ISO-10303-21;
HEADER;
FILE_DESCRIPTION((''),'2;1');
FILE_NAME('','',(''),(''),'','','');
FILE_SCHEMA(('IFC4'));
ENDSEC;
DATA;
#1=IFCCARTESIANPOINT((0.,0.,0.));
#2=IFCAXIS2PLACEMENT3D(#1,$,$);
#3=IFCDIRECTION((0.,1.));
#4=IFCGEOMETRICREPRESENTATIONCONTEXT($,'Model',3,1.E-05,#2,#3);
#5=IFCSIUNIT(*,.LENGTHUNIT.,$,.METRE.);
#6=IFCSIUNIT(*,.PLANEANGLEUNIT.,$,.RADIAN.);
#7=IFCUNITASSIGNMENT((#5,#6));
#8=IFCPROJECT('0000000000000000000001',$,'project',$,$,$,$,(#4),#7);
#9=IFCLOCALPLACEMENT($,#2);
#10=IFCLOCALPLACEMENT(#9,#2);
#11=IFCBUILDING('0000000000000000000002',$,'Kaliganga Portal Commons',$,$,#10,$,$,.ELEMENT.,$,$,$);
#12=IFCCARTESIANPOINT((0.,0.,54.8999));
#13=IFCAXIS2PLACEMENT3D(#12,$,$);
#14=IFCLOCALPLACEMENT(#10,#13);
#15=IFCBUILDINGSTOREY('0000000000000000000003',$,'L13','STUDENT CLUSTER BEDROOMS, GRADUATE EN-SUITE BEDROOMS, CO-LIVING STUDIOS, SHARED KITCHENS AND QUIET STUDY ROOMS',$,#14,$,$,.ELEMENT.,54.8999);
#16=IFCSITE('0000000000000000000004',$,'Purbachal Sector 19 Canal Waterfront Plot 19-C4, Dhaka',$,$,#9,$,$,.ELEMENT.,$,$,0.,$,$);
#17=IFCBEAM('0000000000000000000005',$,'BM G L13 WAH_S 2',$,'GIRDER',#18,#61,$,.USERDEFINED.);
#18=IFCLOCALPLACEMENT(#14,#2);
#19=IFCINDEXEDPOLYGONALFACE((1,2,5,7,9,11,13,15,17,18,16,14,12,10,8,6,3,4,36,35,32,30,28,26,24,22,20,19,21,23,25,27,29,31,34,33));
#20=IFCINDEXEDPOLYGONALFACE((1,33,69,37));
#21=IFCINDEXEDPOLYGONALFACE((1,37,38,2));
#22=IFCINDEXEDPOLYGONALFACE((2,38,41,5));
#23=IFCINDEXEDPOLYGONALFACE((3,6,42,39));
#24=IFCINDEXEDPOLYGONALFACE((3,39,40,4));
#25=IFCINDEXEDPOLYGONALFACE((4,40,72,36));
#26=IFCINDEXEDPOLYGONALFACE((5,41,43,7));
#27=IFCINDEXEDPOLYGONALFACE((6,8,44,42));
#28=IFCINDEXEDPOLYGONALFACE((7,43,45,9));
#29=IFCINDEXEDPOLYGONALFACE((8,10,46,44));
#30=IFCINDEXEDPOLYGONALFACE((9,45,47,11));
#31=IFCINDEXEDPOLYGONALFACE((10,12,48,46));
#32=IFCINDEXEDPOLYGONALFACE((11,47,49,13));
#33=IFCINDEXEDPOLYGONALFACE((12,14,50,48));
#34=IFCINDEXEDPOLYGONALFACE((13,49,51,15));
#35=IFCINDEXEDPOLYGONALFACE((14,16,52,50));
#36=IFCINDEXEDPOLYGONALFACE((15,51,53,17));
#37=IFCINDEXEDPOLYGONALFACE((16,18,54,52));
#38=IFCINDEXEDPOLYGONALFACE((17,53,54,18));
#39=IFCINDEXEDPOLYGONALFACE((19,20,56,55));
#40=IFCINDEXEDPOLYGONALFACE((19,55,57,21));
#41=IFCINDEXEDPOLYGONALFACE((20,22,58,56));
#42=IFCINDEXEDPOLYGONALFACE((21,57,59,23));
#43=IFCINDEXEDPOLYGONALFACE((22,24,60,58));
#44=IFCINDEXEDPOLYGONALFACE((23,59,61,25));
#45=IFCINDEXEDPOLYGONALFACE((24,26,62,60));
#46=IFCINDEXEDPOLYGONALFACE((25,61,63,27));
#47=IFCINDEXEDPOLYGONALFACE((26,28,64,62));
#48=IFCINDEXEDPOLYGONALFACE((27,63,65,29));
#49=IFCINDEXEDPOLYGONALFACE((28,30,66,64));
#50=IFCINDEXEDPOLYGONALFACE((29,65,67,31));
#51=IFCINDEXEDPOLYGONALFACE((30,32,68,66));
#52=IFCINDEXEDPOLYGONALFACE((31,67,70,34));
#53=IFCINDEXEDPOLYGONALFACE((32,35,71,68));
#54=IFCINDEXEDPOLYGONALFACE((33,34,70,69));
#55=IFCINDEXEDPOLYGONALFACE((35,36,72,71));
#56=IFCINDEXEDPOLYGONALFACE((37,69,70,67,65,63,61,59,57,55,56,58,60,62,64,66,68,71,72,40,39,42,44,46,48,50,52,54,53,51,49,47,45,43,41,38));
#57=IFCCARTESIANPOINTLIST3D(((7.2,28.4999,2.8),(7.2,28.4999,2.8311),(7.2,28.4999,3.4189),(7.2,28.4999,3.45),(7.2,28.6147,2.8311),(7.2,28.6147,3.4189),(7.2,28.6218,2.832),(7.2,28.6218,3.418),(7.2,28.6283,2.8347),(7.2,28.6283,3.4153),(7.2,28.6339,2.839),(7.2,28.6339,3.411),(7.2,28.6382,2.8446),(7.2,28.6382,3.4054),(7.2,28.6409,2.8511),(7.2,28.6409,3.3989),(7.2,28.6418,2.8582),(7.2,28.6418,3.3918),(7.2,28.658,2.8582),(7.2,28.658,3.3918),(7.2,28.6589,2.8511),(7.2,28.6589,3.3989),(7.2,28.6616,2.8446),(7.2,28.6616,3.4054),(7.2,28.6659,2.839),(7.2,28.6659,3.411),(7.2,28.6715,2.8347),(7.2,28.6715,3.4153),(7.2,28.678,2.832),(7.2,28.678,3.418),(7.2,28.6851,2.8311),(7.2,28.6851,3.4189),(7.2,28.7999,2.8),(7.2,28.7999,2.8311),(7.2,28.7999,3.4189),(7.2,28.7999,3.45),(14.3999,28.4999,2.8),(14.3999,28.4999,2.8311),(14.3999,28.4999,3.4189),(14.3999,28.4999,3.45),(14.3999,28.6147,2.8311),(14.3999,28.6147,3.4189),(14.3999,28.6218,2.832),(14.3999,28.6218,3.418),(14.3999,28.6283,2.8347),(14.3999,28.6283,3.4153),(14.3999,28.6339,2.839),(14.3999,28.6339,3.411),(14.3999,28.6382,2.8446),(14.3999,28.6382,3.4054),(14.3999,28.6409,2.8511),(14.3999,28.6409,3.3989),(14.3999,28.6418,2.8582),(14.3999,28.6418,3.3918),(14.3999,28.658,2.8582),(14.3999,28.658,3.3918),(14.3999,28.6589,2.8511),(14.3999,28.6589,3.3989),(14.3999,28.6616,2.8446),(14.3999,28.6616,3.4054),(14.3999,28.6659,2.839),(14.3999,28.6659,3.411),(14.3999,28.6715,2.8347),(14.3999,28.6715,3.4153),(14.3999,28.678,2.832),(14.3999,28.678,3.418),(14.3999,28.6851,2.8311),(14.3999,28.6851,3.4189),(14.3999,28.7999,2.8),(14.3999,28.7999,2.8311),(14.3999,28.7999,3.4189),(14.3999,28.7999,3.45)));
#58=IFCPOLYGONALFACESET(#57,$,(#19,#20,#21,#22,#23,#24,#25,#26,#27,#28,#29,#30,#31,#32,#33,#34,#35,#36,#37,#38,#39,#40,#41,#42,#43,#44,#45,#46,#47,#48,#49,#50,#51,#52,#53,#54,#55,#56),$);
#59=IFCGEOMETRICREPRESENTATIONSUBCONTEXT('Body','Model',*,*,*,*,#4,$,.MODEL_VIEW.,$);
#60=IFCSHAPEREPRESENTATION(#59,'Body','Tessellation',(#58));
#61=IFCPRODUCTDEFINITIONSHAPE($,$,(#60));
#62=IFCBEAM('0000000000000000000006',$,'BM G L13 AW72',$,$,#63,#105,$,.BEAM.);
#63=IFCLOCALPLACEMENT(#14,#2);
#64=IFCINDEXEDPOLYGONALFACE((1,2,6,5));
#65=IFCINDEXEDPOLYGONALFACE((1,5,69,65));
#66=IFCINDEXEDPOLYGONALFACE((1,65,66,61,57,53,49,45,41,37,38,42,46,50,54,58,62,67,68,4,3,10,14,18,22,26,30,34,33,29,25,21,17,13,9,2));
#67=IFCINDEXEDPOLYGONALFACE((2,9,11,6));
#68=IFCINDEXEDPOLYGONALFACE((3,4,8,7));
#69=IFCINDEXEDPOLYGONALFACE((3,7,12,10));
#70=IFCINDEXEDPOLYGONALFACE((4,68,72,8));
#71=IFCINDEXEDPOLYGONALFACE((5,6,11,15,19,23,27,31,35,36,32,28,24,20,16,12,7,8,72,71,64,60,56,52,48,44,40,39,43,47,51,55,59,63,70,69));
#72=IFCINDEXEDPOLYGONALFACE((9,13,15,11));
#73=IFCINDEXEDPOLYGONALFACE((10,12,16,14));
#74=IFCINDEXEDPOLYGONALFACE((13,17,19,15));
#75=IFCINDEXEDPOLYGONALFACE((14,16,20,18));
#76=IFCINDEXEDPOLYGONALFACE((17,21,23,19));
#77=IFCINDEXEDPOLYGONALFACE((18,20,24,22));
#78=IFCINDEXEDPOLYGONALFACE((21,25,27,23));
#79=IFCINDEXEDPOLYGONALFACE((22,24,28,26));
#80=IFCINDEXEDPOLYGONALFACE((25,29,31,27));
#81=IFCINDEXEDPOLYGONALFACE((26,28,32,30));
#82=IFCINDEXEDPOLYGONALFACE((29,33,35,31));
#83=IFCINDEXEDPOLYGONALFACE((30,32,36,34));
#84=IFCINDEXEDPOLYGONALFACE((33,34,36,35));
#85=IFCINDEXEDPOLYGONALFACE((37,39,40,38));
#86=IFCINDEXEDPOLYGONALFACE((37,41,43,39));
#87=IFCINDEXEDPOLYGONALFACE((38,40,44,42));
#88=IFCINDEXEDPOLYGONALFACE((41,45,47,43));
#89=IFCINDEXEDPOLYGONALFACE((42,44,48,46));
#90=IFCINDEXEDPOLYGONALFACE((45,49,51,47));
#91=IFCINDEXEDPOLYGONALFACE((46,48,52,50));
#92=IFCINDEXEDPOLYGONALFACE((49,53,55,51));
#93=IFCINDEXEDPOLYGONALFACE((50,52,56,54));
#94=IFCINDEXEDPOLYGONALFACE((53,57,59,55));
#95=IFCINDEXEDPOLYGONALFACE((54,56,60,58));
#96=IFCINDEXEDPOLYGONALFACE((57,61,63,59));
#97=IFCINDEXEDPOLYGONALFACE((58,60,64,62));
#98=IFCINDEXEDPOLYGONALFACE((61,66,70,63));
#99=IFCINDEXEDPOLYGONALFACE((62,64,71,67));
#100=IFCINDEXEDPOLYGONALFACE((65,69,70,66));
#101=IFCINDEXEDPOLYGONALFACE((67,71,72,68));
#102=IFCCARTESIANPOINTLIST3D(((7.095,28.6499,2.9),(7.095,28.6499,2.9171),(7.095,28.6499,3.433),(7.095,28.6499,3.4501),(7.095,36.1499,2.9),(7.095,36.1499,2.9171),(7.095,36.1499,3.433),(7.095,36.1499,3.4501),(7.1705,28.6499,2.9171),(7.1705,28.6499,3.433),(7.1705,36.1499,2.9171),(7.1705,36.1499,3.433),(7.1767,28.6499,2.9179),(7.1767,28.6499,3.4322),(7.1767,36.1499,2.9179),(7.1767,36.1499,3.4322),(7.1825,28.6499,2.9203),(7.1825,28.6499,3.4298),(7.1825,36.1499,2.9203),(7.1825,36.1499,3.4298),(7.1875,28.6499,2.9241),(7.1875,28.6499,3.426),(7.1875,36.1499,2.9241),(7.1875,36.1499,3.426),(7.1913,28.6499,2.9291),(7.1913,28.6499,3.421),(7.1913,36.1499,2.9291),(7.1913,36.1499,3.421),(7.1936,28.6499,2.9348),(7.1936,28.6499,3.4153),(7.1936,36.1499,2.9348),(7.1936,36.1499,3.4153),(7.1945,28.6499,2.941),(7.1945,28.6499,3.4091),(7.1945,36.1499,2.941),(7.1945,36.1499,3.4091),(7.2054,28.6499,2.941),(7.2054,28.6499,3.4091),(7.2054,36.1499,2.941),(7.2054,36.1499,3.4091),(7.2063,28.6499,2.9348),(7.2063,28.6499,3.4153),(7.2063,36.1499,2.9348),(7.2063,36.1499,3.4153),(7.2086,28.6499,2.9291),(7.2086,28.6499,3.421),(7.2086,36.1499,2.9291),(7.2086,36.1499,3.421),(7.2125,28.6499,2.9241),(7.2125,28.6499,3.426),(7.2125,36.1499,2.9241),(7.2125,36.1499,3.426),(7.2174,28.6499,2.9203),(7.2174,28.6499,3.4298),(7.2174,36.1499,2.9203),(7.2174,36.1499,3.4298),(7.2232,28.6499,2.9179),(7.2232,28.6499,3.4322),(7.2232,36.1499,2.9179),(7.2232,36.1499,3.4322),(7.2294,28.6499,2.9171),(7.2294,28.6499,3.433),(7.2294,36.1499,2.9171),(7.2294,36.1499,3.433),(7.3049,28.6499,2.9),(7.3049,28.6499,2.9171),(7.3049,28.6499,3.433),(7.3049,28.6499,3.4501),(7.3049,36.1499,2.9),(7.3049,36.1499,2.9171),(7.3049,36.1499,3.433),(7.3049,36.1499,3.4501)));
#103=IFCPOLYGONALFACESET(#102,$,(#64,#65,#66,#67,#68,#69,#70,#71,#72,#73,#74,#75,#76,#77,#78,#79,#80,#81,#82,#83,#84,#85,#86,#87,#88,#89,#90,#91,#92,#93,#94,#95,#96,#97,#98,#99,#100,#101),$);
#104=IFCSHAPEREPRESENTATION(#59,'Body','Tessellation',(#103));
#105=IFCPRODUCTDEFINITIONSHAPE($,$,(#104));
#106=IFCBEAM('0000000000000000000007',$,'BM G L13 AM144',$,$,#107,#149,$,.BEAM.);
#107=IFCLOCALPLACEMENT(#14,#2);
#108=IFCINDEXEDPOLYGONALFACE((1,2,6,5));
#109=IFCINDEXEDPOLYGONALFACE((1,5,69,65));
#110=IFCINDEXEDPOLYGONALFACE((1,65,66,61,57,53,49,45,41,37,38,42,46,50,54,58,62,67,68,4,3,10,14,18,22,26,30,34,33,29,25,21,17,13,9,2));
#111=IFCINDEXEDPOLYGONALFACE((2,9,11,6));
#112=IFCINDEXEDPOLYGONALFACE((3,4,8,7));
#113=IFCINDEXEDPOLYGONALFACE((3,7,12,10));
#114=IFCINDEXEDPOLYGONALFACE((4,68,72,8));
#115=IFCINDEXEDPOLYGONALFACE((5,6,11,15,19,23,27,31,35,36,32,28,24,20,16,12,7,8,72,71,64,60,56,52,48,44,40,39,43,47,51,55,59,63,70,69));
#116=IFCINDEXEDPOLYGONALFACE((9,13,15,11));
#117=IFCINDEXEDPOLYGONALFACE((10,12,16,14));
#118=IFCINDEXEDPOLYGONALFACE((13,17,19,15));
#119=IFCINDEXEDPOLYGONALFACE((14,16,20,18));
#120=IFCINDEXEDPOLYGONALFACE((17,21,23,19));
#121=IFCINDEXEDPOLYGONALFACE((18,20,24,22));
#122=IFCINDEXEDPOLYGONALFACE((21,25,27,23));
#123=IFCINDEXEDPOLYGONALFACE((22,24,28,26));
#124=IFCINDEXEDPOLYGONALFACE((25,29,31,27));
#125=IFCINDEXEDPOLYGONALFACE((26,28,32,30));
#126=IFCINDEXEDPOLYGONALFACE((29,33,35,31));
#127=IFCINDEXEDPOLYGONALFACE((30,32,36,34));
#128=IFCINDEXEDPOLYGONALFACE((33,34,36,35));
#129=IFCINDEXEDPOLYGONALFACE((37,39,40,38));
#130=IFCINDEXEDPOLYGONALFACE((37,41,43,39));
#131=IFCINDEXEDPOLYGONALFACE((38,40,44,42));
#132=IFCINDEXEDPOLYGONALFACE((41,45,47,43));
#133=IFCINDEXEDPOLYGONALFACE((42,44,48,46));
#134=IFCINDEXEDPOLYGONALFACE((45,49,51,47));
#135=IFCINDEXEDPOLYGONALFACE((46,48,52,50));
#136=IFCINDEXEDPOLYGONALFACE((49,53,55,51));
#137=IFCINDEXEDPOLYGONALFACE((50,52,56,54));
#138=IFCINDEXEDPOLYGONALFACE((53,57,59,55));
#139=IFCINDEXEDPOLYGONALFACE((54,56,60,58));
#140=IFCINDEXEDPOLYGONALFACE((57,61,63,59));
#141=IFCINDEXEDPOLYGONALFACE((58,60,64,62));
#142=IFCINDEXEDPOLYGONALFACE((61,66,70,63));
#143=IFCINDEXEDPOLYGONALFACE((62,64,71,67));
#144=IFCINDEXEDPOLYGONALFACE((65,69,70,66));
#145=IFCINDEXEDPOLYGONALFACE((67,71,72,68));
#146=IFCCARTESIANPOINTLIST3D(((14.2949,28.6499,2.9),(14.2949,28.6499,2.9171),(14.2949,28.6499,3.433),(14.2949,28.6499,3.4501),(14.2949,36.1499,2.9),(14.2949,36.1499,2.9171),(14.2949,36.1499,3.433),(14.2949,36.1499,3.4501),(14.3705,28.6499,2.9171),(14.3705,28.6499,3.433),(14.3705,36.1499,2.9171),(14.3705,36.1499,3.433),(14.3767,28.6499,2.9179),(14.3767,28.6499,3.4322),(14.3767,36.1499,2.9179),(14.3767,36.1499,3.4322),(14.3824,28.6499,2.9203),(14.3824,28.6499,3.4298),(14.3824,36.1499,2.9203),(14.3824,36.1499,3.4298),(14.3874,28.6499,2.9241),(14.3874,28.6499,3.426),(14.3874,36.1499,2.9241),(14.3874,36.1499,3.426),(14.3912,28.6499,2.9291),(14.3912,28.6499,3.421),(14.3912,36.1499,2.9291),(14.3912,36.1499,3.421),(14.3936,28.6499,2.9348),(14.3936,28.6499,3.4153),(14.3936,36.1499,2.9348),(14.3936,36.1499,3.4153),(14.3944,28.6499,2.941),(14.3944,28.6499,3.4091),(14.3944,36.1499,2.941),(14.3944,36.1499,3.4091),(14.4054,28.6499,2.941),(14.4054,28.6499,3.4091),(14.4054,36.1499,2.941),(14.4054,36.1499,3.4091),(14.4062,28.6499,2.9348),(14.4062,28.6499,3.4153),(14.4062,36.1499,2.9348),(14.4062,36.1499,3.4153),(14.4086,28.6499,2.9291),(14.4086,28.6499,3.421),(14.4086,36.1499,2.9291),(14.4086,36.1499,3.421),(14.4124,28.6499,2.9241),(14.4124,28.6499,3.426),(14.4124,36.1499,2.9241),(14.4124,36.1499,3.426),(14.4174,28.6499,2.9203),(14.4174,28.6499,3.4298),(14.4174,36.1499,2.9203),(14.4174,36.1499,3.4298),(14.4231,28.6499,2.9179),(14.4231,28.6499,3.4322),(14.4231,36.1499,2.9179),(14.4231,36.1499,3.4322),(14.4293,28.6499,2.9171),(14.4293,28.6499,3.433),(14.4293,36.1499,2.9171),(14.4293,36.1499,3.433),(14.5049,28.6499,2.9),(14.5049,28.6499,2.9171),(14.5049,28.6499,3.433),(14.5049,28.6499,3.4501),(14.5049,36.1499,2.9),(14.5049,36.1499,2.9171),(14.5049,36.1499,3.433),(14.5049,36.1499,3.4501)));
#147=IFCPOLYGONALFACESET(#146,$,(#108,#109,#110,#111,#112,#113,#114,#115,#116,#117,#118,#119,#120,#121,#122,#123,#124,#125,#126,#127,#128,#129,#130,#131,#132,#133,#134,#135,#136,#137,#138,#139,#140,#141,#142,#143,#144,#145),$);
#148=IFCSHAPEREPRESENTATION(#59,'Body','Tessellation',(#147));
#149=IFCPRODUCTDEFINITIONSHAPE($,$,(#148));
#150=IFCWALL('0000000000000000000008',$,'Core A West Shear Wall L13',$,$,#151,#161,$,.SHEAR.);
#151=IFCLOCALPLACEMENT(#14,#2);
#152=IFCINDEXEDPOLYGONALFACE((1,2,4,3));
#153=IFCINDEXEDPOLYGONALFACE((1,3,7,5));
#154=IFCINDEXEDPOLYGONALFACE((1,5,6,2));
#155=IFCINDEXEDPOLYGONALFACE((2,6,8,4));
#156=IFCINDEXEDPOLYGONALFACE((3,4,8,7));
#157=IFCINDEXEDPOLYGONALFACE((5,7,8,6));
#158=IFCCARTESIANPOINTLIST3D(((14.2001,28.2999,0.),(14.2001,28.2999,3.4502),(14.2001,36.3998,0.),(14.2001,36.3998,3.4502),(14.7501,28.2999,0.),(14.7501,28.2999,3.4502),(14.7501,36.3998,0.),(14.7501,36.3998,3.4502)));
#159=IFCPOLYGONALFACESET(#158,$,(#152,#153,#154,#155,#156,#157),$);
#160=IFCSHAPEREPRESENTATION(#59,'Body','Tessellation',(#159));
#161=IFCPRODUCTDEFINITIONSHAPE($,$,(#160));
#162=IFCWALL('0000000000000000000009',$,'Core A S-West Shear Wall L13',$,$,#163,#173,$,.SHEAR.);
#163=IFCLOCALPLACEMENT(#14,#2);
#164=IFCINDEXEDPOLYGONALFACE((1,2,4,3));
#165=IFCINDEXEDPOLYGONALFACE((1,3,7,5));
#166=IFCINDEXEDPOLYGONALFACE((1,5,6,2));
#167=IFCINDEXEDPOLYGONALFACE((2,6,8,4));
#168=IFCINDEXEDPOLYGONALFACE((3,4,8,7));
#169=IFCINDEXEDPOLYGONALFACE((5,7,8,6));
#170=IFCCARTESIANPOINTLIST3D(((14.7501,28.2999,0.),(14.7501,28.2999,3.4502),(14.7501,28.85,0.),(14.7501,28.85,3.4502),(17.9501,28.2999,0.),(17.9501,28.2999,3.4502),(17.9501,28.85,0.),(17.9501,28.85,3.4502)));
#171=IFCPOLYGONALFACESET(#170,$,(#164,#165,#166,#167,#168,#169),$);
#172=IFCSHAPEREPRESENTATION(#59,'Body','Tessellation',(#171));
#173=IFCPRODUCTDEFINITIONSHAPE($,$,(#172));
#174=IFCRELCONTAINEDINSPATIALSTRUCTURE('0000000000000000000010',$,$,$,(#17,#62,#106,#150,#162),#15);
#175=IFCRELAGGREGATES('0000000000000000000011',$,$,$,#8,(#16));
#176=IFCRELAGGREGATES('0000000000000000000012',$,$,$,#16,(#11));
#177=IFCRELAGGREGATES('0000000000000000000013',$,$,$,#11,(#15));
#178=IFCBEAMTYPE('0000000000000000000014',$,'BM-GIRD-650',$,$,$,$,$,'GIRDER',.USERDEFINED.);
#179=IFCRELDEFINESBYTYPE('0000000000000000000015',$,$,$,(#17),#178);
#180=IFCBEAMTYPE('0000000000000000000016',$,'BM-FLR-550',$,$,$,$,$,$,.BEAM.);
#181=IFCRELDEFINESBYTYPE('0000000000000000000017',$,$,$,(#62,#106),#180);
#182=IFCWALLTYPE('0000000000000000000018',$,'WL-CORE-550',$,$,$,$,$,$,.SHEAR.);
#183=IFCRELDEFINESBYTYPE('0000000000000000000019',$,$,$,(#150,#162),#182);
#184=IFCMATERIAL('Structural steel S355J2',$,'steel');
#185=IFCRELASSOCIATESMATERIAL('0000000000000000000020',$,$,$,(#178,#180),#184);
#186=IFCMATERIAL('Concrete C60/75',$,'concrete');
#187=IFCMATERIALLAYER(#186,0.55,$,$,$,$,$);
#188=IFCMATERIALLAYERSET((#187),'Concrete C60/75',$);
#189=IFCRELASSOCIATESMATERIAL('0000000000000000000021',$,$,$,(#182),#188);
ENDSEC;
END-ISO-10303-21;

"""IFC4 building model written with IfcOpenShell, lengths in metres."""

from ifc_helpers import new_model, si_unit, direction, frame, frame_2d, origin, origin_2d, place, context, subcontext, project, spatial, rectangle, i_section, extrude, source, transform, mapped, material, layer, layer_set, material_profile, profile_set, type_object, element, save


model = new_model("IFC4")

# Units and contexts
model_context = context("Model", 3, precision=1e-05, world=origin(), true_north=direction((0.0, 1.0)))
body_context = subcontext(model_context, "Body", "Model", "MODEL_VIEW")
ifc_project = project(units=[si_unit("LENGTHUNIT", "METRE"), si_unit("PLANEANGLEUNIT", "RADIAN")], contexts=[model_context])

# Site, building, storey
site_placement = place(None, origin())
site = spatial("IfcSite", under=ifc_project, at=site_placement, Name="Purbachal Sector 19 Canal Waterfront Plot 19-C4, Dhaka", CompositionType="ELEMENT", RefElevation=0.0)
building_placement = place(site_placement, origin())
building = spatial("IfcBuilding", under=site, at=building_placement, Name="Kaliganga Portal Commons", CompositionType="ELEMENT")
storey_placement = place(building_placement, frame((0.0, 0.0, 54.8999)))
storey = spatial("IfcBuildingStorey", under=building, at=storey_placement, Name="L13", Description="STUDENT CLUSTER BEDROOMS, GRADUATE EN-SUITE BEDROOMS, CO-LIVING STUDIOS, SHARED KITCHENS AND QUIET STUDY ROOMS", CompositionType="ELEMENT", Elevation=54.8999)

# Beams
ifc_material_1 = material(Name="Structural steel S355J2", Category="steel")
ifc_material_profile_1 = material_profile(ifc_material_1, i_section(OverallWidth=0.3, OverallDepth=0.6499, WebThickness=0.0161, FlangeThickness=0.031, FilletRadius=0.0271, at=origin_2d()), Name="HE 650 B")
ifc_profile_set_1 = profile_set([ifc_material_profile_1], Name="Structural steel S355J2 wide-flange")
beam_type_1 = type_object("IfcBeamType", Name="BM-GIRD-650", ElementType="GIRDER", PredefinedType="USERDEFINED", material=ifc_profile_set_1)
shared_shape_1 = source(origin(), body_context, "Body", "SweptSolid", [
    extrude(i_section(OverallWidth=0.3, OverallDepth=0.6499, WebThickness=0.0161, FlangeThickness=0.031, FilletRadius=0.0271, at=origin_2d()), origin(), (0.0, 0.0, 1.0), 7.2),
])
beam_1_placement = place(storey_placement, frame((7.2, 28.6499, 3.125), z_axis=(1.0, 0.0, 0.0), x_axis=(0.0, 1.0, 0.0)))
element("IfcBeam", 1, at=beam_1_placement, inside=storey, type_object=beam_type_1, Name="BM G L13 WAH_S 2", ObjectType="GIRDER", PredefinedType="USERDEFINED", context=body_context, shape_type="MappedRepresentation", body=[
    mapped(shared_shape_1, transform((0.0, 0.0, 0.0), x_axis=(1.0, 0.0, 0.0), y_axis=(0.0, 1.0, 0.0), z_axis=(0.0, 0.0, 1.0), scale=1.0)),
])
ifc_material_profile_2 = material_profile(ifc_material_1, i_section(OverallWidth=0.21, OverallDepth=0.55, WebThickness=0.011, FlangeThickness=0.0171, FilletRadius=0.0239, at=origin_2d()), Name="IPE 550")
ifc_profile_set_2 = profile_set([ifc_material_profile_2], Name="Structural steel S355J2 wide-flange")
beam_type_2 = type_object("IfcBeamType", Name="BM-FLR-550", PredefinedType="BEAM", material=ifc_profile_set_2)
shared_shape_2 = source(origin(), body_context, "Body", "SweptSolid", [
    extrude(i_section(OverallWidth=0.21, OverallDepth=0.55, WebThickness=0.011, FlangeThickness=0.0171, FilletRadius=0.0239, at=origin_2d()), origin(), (0.0, 0.0, 1.0), 7.5),
])
for number, where, z_axis, x_axis, name in (
    (2, (7.2, 28.6499, 3.175), (0.0, 1.0, 0.0), (-1.0, 0.0, 0.0), "BM G L13 AW72"),
    (3, (14.3999, 28.6499, 3.175), (0.0, 1.0, 0.0), (-1.0, 0.0, 0.0), "BM G L13 AM144"),
):
    element("IfcBeam", number, at=place(storey_placement, frame(where, z_axis=z_axis, x_axis=x_axis)), inside=storey, type_object=beam_type_2, Name=name, PredefinedType="BEAM", context=body_context, shape_type="MappedRepresentation", body=[
        mapped(shared_shape_2, transform((0.0, 0.0, 0.0), x_axis=(1.0, 0.0, 0.0), y_axis=(0.0, 1.0, 0.0), z_axis=(0.0, 0.0, 1.0), scale=1.0)),
    ])

# Walls
ifc_material_2 = material(Name="Concrete C60/75", Category="concrete")
ifc_layer_1 = layer(ifc_material_2, 0.55)
ifc_layer_set_1 = layer_set([ifc_layer_1], Name="Concrete C60/75")
wall_type_1 = type_object("IfcWallType", Name="WL-CORE-550", PredefinedType="SHEAR", material=ifc_layer_set_1)
wall_1_placement = place(storey_placement, frame((14.4751, 28.3, 0.0), z_axis=(0.0, 0.0, 1.0), x_axis=(0.0, 1.0, 0.0)))
element("IfcWall", 4, at=wall_1_placement, inside=storey, type_object=wall_type_1, Name="Core A West Shear Wall L13", PredefinedType="SHEAR", context=body_context, shape_type="SweptSolid", body=[
    extrude(rectangle(XDim=8.0999, YDim=0.55, at=frame_2d((4.0498, 0.0))), origin(), (0.0, 0.0, 1.0), 3.4502),
])
wall_2_placement = place(storey_placement, frame((14.75, 28.575, 0.0), z_axis=(0.0, 0.0, 1.0), x_axis=(1.0, 0.0, 0.0)))
element("IfcWall", 5, at=wall_2_placement, inside=storey, type_object=wall_type_1, Name="Core A S-West Shear Wall L13", PredefinedType="SHEAR", context=body_context, shape_type="SweptSolid", body=[
    extrude(rectangle(XDim=3.2, YDim=0.55, at=frame_2d((1.6001, 0.0))), origin(), (0.0, 0.0, 1.0), 3.4502),
])

save(model, "model.ifc")
